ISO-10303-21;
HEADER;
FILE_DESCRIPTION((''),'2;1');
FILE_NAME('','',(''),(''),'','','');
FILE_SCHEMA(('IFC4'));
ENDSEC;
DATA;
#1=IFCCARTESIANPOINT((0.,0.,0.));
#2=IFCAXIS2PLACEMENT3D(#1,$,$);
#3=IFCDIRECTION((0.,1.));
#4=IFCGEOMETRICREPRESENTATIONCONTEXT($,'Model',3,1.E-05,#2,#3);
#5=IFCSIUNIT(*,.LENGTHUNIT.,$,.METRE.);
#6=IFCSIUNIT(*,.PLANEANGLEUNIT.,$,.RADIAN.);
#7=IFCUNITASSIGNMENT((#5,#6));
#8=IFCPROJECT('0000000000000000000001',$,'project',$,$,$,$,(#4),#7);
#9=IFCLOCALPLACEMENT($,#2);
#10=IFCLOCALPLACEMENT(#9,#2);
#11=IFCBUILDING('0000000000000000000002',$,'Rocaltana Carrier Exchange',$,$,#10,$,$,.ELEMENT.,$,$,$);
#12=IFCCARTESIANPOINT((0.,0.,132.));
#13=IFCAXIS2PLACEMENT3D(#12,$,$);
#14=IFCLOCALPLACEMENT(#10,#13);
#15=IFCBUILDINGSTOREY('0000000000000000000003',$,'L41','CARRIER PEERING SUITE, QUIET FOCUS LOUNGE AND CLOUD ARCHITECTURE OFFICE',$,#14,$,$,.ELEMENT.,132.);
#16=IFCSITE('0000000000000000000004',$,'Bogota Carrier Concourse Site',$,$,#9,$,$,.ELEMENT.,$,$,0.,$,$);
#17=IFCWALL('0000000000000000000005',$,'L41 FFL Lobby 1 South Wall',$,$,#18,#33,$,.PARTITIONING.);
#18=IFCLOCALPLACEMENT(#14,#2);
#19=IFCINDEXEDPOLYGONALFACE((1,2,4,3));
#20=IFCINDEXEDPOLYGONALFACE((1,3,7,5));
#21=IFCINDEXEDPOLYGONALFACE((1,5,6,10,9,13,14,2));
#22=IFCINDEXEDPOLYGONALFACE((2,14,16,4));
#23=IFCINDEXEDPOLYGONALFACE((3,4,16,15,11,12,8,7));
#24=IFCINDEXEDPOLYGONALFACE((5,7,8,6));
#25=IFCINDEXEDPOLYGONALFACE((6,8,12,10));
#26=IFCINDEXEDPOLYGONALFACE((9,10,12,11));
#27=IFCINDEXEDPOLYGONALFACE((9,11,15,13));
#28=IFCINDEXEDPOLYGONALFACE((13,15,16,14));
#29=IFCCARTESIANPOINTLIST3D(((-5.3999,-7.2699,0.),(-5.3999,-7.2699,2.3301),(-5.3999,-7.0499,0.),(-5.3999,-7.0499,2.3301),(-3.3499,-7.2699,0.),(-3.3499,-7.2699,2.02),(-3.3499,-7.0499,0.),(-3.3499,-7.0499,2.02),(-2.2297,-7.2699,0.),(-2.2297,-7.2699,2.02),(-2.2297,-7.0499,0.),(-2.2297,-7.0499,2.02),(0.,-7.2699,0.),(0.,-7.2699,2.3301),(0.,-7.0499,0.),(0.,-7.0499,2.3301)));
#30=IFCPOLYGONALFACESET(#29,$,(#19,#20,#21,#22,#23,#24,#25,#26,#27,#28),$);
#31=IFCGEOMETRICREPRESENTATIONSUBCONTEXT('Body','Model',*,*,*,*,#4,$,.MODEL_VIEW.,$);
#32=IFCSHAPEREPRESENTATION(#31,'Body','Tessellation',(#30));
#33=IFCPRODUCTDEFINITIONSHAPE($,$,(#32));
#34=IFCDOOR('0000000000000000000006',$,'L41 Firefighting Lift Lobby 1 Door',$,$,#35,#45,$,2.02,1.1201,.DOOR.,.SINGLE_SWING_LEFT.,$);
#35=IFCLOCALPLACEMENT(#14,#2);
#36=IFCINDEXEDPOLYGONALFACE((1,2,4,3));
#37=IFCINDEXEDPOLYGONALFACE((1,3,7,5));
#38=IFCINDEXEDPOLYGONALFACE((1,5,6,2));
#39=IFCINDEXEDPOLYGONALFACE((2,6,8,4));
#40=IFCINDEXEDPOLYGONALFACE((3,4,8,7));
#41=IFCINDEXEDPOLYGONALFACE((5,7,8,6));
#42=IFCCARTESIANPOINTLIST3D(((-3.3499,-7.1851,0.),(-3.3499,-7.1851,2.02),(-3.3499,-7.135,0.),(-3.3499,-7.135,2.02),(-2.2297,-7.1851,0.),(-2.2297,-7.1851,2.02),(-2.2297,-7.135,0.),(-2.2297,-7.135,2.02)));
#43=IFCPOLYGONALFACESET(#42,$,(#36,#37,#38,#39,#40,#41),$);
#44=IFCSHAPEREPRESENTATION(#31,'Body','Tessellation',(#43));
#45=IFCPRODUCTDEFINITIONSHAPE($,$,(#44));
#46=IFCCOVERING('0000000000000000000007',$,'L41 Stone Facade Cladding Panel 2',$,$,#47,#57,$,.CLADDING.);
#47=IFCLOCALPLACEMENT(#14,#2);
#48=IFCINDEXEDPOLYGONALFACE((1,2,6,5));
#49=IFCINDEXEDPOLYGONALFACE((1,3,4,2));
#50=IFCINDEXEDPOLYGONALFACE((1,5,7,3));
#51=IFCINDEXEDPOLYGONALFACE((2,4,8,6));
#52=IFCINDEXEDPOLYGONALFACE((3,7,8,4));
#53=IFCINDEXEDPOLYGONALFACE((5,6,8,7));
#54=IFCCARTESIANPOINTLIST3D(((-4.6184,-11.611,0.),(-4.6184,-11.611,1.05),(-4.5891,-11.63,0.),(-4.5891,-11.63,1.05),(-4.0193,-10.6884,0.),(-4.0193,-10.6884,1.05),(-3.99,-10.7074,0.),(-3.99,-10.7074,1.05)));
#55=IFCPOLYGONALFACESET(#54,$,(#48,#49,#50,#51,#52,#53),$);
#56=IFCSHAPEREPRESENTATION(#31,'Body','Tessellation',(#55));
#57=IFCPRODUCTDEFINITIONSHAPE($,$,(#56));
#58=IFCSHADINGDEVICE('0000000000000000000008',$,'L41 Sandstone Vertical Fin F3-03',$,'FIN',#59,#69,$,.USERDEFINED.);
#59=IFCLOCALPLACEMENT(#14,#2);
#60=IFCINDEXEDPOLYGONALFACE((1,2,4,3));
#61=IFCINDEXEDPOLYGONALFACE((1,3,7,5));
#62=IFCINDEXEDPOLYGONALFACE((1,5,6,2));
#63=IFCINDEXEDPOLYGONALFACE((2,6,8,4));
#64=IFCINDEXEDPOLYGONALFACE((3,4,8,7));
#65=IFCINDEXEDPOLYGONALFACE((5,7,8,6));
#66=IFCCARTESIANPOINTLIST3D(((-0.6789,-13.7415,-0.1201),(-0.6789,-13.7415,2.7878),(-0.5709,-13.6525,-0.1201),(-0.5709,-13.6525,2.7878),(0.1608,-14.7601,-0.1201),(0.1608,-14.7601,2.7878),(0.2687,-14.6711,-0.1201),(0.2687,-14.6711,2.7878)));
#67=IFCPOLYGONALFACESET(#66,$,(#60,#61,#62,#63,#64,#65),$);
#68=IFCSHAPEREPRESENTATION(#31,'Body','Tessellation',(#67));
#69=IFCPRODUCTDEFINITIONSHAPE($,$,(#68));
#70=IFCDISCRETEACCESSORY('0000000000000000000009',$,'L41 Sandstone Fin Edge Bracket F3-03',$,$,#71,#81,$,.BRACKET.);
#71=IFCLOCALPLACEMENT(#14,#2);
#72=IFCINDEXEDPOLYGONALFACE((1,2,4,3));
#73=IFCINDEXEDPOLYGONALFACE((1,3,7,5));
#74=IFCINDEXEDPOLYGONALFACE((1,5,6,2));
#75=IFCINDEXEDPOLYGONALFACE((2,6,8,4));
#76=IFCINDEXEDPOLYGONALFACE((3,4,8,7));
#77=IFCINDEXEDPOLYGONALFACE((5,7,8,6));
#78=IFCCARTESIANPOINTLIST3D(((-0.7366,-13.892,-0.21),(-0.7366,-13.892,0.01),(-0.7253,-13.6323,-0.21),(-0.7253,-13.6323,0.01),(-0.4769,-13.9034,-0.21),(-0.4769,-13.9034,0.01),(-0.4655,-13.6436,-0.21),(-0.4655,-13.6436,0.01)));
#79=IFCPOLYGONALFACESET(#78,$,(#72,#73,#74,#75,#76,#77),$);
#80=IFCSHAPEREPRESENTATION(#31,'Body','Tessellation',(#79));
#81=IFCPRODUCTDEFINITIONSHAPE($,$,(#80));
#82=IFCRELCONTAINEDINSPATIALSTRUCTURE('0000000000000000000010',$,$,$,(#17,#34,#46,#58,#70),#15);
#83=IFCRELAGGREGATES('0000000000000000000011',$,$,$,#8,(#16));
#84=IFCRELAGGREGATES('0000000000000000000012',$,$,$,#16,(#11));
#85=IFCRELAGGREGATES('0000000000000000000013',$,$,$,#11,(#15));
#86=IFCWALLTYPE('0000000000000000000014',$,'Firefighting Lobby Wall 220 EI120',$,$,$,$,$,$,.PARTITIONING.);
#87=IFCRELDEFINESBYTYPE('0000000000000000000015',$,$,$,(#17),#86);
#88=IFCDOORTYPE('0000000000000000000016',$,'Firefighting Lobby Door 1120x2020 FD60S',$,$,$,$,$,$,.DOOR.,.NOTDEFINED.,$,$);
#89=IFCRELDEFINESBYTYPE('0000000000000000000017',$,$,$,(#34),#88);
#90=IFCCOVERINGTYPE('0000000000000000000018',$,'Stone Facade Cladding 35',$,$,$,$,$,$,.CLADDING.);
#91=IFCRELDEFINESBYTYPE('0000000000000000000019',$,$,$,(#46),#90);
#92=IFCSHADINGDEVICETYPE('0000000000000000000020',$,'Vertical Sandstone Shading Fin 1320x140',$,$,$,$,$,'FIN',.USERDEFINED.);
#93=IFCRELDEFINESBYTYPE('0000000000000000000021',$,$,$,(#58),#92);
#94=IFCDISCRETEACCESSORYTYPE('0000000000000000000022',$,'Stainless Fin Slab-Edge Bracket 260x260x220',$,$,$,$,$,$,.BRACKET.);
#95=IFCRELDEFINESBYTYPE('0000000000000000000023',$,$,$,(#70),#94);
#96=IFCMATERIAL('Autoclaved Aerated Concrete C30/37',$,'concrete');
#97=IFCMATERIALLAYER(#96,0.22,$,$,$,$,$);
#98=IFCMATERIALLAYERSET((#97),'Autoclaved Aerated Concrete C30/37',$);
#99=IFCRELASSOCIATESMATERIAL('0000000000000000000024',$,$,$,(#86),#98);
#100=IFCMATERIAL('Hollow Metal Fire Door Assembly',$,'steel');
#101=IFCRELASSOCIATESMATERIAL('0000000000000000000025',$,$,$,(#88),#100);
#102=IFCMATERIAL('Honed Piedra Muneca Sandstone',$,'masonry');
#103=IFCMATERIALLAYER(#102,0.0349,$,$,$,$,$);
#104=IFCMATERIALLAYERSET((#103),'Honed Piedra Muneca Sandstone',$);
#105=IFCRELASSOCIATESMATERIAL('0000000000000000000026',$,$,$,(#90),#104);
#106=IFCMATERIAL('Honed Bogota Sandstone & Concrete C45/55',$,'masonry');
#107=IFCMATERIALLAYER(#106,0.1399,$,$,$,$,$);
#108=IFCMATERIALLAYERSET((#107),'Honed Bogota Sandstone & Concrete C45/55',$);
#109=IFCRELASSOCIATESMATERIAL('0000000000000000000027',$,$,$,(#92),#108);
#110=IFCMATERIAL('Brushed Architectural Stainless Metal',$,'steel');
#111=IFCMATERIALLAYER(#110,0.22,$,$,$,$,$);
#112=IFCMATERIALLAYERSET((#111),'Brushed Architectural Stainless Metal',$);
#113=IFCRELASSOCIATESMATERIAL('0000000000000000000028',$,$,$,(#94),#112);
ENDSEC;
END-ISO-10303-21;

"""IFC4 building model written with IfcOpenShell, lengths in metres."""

from ifc_helpers import new_model, si_unit, direction, frame, frame_2d, origin, origin_2d, place, context, subcontext, project, spatial, rectangle, extrude, material, layer, layer_set, type_object, element, fill, save


model = new_model("IFC4")

# Units and contexts
model_context = context("Model", 3, precision=1e-05, world=origin(), true_north=direction((0.0, 1.0)))
body_context = subcontext(model_context, "Body", "Model", "MODEL_VIEW")
ifc_project = project(units=[si_unit("LENGTHUNIT", "METRE"), si_unit("PLANEANGLEUNIT", "RADIAN")], contexts=[model_context])

# Site, building, storey
site_placement = place(None, origin())
site = spatial("IfcSite", under=ifc_project, at=site_placement, Name="Bogota Carrier Concourse Site", CompositionType="ELEMENT", RefElevation=0.0)
building_placement = place(site_placement, origin())
building = spatial("IfcBuilding", under=site, at=building_placement, Name="Rocaltana Carrier Exchange", CompositionType="ELEMENT")
storey_placement = place(building_placement, frame((0.0, 0.0, 132.0)))
storey = spatial("IfcBuildingStorey", under=building, at=storey_placement, Name="L41", Description="CARRIER PEERING SUITE, QUIET FOCUS LOUNGE AND CLOUD ARCHITECTURE OFFICE", CompositionType="ELEMENT", Elevation=132.0)

# Shared definitions
ifc_material_1 = material(Name="Autoclaved Aerated Concrete C30/37", Category="concrete")
ifc_layer_1 = layer(ifc_material_1, 0.22)
ifc_layer_set_1 = layer_set([ifc_layer_1], Name="Autoclaved Aerated Concrete C30/37")
wall_type_1 = type_object("IfcWallType", Name="Firefighting Lobby Wall 220 EI120", PredefinedType="PARTITIONING", material=ifc_layer_set_1)

# Wall, opening, door
wall_1_placement = place(storey_placement, frame((-5.3999, -7.1599, 0.0), z_axis=(0.0, 0.0, 1.0), x_axis=(1.0, 0.0, 0.0)))
wall_1 = element("IfcWall", 1, at=wall_1_placement, inside=storey, type_object=wall_type_1, Name="L41 FFL Lobby 1 South Wall", PredefinedType="PARTITIONING", context=body_context, shape_type="SweptSolid", body=[
    extrude(rectangle(XDim=5.3999, YDim=0.22, at=frame_2d((2.7, 0.0))), origin(), (0.0, 0.0, 1.0), 2.3301),
])
opening_placement = place(wall_1_placement, frame((2.05, 0.0, 0.0)))
opening = element("IfcOpeningElement", 2, at=opening_placement, cuts=wall_1, PredefinedType="OPENING", context=body_context, shape_type="SweptSolid", body=[
    extrude(rectangle(XDim=1.1201, YDim=2.02, at=frame_2d((0.5601, 1.01))), frame((0.0, 0.1199, 0.0), z_axis=(0.0, -1.0, 0.0), x_axis=(1.0, 0.0, 0.0)), (0.0, 0.0, 1.0), 0.24),
])
ifc_material_2 = material(Name="Hollow Metal Fire Door Assembly", Category="steel")
door_type = type_object("IfcDoorType", Name="Firefighting Lobby Door 1120x2020 FD60S", OperationType="NOTDEFINED", PredefinedType="DOOR", material=ifc_material_2)
door_placement = place(opening_placement, origin())
door = element("IfcDoor", 3, at=door_placement, inside=storey, type_object=door_type, Name="L41 Firefighting Lift Lobby 1 Door", OperationType="SINGLE_SWING_LEFT", OverallHeight=2.02, OverallWidth=1.1201, PredefinedType="DOOR", context=body_context, shape_type="SweptSolid", body=[
    extrude(rectangle(XDim=1.1201, YDim=2.02, at=frame_2d((0.5601, 1.01))), frame((0.0, 0.0249, 0.0), z_axis=(0.0, -1.0, 0.0), x_axis=(1.0, 0.0, 0.0)), (0.0, 0.0, 1.0), 0.05),
])
fill(opening, door)

# Covering
ifc_material_3 = material(Name="Honed Piedra Muneca Sandstone", Category="masonry")
ifc_layer_2 = layer(ifc_material_3, 0.0349)
ifc_layer_set_2 = layer_set([ifc_layer_2], Name="Honed Piedra Muneca Sandstone")
covering_type = type_object("IfcCoveringType", Name="Stone Facade Cladding 35", PredefinedType="CLADDING", material=ifc_layer_set_2)
covering_placement = place(storey_placement, frame((-4.3042, -11.1592, 0.0), z_axis=(0.0, 0.0, 1.0), x_axis=(0.544639, 0.838671, 0.0)))
element("IfcCovering", 4, at=covering_placement, inside=storey, type_object=covering_type, Name="L41 Stone Facade Cladding Panel 2", PredefinedType="CLADDING", context=body_context, shape_type="SweptSolid", body=[
    extrude(rectangle(XDim=1.1001, YDim=0.0349, at=origin_2d()), origin(), (0.0, 0.0, 1.0), 1.05),
])

# Shading device
ifc_material_4 = material(Name="Honed Bogota Sandstone & Concrete C45/55", Category="masonry")
ifc_layer_3 = layer(ifc_material_4, 0.1399)
ifc_layer_set_3 = layer_set([ifc_layer_3], Name="Honed Bogota Sandstone & Concrete C45/55")
shading_device_type = type_object("IfcShadingDeviceType", Name="Vertical Sandstone Shading Fin 1320x140", ElementType="FIN", PredefinedType="USERDEFINED", material=ifc_layer_set_3)
shading_device_placement = place(storey_placement, frame((-0.2051, -14.2063, -0.1201), z_axis=(0.0, 0.0, 1.0), x_axis=(0.636078, -0.771625, 0.0)))
element("IfcShadingDevice", 5, at=shading_device_placement, inside=storey, type_object=shading_device_type, Name="L41 Sandstone Vertical Fin F3-03", ObjectType="FIN", PredefinedType="USERDEFINED", context=body_context, shape_type="SweptSolid", body=[
    extrude(rectangle(XDim=1.3201, YDim=0.1399, at=origin_2d()), origin(), (0.0, 0.0, 1.0), 2.908),
])

# Discrete accessory
ifc_material_5 = material(Name="Brushed Architectural Stainless Metal", Category="steel")
ifc_layer_4 = layer(ifc_material_5, 0.22)
ifc_layer_set_4 = layer_set([ifc_layer_4], Name="Brushed Architectural Stainless Metal")
discrete_accessory_type = type_object("IfcDiscreteAccessoryType", Name="Stainless Fin Slab-Edge Bracket 260x260x220", PredefinedType="BRACKET", material=ifc_layer_set_4)
discrete_accessory_placement = place(storey_placement, frame((-0.6011, -13.7678, -0.21), z_axis=(0.0, 0.0, 1.0), x_axis=(0.999048, -0.043619, 0.0)))
element("IfcDiscreteAccessory", 6, at=discrete_accessory_placement, inside=storey, type_object=discrete_accessory_type, Name="L41 Sandstone Fin Edge Bracket F3-03", PredefinedType="BRACKET", context=body_context, shape_type="SweptSolid", body=[
    extrude(rectangle(XDim=0.26, YDim=0.26, at=origin_2d()), origin(), (0.0, 0.0, 1.0), 0.22),
])

save(model, "model.ifc")
